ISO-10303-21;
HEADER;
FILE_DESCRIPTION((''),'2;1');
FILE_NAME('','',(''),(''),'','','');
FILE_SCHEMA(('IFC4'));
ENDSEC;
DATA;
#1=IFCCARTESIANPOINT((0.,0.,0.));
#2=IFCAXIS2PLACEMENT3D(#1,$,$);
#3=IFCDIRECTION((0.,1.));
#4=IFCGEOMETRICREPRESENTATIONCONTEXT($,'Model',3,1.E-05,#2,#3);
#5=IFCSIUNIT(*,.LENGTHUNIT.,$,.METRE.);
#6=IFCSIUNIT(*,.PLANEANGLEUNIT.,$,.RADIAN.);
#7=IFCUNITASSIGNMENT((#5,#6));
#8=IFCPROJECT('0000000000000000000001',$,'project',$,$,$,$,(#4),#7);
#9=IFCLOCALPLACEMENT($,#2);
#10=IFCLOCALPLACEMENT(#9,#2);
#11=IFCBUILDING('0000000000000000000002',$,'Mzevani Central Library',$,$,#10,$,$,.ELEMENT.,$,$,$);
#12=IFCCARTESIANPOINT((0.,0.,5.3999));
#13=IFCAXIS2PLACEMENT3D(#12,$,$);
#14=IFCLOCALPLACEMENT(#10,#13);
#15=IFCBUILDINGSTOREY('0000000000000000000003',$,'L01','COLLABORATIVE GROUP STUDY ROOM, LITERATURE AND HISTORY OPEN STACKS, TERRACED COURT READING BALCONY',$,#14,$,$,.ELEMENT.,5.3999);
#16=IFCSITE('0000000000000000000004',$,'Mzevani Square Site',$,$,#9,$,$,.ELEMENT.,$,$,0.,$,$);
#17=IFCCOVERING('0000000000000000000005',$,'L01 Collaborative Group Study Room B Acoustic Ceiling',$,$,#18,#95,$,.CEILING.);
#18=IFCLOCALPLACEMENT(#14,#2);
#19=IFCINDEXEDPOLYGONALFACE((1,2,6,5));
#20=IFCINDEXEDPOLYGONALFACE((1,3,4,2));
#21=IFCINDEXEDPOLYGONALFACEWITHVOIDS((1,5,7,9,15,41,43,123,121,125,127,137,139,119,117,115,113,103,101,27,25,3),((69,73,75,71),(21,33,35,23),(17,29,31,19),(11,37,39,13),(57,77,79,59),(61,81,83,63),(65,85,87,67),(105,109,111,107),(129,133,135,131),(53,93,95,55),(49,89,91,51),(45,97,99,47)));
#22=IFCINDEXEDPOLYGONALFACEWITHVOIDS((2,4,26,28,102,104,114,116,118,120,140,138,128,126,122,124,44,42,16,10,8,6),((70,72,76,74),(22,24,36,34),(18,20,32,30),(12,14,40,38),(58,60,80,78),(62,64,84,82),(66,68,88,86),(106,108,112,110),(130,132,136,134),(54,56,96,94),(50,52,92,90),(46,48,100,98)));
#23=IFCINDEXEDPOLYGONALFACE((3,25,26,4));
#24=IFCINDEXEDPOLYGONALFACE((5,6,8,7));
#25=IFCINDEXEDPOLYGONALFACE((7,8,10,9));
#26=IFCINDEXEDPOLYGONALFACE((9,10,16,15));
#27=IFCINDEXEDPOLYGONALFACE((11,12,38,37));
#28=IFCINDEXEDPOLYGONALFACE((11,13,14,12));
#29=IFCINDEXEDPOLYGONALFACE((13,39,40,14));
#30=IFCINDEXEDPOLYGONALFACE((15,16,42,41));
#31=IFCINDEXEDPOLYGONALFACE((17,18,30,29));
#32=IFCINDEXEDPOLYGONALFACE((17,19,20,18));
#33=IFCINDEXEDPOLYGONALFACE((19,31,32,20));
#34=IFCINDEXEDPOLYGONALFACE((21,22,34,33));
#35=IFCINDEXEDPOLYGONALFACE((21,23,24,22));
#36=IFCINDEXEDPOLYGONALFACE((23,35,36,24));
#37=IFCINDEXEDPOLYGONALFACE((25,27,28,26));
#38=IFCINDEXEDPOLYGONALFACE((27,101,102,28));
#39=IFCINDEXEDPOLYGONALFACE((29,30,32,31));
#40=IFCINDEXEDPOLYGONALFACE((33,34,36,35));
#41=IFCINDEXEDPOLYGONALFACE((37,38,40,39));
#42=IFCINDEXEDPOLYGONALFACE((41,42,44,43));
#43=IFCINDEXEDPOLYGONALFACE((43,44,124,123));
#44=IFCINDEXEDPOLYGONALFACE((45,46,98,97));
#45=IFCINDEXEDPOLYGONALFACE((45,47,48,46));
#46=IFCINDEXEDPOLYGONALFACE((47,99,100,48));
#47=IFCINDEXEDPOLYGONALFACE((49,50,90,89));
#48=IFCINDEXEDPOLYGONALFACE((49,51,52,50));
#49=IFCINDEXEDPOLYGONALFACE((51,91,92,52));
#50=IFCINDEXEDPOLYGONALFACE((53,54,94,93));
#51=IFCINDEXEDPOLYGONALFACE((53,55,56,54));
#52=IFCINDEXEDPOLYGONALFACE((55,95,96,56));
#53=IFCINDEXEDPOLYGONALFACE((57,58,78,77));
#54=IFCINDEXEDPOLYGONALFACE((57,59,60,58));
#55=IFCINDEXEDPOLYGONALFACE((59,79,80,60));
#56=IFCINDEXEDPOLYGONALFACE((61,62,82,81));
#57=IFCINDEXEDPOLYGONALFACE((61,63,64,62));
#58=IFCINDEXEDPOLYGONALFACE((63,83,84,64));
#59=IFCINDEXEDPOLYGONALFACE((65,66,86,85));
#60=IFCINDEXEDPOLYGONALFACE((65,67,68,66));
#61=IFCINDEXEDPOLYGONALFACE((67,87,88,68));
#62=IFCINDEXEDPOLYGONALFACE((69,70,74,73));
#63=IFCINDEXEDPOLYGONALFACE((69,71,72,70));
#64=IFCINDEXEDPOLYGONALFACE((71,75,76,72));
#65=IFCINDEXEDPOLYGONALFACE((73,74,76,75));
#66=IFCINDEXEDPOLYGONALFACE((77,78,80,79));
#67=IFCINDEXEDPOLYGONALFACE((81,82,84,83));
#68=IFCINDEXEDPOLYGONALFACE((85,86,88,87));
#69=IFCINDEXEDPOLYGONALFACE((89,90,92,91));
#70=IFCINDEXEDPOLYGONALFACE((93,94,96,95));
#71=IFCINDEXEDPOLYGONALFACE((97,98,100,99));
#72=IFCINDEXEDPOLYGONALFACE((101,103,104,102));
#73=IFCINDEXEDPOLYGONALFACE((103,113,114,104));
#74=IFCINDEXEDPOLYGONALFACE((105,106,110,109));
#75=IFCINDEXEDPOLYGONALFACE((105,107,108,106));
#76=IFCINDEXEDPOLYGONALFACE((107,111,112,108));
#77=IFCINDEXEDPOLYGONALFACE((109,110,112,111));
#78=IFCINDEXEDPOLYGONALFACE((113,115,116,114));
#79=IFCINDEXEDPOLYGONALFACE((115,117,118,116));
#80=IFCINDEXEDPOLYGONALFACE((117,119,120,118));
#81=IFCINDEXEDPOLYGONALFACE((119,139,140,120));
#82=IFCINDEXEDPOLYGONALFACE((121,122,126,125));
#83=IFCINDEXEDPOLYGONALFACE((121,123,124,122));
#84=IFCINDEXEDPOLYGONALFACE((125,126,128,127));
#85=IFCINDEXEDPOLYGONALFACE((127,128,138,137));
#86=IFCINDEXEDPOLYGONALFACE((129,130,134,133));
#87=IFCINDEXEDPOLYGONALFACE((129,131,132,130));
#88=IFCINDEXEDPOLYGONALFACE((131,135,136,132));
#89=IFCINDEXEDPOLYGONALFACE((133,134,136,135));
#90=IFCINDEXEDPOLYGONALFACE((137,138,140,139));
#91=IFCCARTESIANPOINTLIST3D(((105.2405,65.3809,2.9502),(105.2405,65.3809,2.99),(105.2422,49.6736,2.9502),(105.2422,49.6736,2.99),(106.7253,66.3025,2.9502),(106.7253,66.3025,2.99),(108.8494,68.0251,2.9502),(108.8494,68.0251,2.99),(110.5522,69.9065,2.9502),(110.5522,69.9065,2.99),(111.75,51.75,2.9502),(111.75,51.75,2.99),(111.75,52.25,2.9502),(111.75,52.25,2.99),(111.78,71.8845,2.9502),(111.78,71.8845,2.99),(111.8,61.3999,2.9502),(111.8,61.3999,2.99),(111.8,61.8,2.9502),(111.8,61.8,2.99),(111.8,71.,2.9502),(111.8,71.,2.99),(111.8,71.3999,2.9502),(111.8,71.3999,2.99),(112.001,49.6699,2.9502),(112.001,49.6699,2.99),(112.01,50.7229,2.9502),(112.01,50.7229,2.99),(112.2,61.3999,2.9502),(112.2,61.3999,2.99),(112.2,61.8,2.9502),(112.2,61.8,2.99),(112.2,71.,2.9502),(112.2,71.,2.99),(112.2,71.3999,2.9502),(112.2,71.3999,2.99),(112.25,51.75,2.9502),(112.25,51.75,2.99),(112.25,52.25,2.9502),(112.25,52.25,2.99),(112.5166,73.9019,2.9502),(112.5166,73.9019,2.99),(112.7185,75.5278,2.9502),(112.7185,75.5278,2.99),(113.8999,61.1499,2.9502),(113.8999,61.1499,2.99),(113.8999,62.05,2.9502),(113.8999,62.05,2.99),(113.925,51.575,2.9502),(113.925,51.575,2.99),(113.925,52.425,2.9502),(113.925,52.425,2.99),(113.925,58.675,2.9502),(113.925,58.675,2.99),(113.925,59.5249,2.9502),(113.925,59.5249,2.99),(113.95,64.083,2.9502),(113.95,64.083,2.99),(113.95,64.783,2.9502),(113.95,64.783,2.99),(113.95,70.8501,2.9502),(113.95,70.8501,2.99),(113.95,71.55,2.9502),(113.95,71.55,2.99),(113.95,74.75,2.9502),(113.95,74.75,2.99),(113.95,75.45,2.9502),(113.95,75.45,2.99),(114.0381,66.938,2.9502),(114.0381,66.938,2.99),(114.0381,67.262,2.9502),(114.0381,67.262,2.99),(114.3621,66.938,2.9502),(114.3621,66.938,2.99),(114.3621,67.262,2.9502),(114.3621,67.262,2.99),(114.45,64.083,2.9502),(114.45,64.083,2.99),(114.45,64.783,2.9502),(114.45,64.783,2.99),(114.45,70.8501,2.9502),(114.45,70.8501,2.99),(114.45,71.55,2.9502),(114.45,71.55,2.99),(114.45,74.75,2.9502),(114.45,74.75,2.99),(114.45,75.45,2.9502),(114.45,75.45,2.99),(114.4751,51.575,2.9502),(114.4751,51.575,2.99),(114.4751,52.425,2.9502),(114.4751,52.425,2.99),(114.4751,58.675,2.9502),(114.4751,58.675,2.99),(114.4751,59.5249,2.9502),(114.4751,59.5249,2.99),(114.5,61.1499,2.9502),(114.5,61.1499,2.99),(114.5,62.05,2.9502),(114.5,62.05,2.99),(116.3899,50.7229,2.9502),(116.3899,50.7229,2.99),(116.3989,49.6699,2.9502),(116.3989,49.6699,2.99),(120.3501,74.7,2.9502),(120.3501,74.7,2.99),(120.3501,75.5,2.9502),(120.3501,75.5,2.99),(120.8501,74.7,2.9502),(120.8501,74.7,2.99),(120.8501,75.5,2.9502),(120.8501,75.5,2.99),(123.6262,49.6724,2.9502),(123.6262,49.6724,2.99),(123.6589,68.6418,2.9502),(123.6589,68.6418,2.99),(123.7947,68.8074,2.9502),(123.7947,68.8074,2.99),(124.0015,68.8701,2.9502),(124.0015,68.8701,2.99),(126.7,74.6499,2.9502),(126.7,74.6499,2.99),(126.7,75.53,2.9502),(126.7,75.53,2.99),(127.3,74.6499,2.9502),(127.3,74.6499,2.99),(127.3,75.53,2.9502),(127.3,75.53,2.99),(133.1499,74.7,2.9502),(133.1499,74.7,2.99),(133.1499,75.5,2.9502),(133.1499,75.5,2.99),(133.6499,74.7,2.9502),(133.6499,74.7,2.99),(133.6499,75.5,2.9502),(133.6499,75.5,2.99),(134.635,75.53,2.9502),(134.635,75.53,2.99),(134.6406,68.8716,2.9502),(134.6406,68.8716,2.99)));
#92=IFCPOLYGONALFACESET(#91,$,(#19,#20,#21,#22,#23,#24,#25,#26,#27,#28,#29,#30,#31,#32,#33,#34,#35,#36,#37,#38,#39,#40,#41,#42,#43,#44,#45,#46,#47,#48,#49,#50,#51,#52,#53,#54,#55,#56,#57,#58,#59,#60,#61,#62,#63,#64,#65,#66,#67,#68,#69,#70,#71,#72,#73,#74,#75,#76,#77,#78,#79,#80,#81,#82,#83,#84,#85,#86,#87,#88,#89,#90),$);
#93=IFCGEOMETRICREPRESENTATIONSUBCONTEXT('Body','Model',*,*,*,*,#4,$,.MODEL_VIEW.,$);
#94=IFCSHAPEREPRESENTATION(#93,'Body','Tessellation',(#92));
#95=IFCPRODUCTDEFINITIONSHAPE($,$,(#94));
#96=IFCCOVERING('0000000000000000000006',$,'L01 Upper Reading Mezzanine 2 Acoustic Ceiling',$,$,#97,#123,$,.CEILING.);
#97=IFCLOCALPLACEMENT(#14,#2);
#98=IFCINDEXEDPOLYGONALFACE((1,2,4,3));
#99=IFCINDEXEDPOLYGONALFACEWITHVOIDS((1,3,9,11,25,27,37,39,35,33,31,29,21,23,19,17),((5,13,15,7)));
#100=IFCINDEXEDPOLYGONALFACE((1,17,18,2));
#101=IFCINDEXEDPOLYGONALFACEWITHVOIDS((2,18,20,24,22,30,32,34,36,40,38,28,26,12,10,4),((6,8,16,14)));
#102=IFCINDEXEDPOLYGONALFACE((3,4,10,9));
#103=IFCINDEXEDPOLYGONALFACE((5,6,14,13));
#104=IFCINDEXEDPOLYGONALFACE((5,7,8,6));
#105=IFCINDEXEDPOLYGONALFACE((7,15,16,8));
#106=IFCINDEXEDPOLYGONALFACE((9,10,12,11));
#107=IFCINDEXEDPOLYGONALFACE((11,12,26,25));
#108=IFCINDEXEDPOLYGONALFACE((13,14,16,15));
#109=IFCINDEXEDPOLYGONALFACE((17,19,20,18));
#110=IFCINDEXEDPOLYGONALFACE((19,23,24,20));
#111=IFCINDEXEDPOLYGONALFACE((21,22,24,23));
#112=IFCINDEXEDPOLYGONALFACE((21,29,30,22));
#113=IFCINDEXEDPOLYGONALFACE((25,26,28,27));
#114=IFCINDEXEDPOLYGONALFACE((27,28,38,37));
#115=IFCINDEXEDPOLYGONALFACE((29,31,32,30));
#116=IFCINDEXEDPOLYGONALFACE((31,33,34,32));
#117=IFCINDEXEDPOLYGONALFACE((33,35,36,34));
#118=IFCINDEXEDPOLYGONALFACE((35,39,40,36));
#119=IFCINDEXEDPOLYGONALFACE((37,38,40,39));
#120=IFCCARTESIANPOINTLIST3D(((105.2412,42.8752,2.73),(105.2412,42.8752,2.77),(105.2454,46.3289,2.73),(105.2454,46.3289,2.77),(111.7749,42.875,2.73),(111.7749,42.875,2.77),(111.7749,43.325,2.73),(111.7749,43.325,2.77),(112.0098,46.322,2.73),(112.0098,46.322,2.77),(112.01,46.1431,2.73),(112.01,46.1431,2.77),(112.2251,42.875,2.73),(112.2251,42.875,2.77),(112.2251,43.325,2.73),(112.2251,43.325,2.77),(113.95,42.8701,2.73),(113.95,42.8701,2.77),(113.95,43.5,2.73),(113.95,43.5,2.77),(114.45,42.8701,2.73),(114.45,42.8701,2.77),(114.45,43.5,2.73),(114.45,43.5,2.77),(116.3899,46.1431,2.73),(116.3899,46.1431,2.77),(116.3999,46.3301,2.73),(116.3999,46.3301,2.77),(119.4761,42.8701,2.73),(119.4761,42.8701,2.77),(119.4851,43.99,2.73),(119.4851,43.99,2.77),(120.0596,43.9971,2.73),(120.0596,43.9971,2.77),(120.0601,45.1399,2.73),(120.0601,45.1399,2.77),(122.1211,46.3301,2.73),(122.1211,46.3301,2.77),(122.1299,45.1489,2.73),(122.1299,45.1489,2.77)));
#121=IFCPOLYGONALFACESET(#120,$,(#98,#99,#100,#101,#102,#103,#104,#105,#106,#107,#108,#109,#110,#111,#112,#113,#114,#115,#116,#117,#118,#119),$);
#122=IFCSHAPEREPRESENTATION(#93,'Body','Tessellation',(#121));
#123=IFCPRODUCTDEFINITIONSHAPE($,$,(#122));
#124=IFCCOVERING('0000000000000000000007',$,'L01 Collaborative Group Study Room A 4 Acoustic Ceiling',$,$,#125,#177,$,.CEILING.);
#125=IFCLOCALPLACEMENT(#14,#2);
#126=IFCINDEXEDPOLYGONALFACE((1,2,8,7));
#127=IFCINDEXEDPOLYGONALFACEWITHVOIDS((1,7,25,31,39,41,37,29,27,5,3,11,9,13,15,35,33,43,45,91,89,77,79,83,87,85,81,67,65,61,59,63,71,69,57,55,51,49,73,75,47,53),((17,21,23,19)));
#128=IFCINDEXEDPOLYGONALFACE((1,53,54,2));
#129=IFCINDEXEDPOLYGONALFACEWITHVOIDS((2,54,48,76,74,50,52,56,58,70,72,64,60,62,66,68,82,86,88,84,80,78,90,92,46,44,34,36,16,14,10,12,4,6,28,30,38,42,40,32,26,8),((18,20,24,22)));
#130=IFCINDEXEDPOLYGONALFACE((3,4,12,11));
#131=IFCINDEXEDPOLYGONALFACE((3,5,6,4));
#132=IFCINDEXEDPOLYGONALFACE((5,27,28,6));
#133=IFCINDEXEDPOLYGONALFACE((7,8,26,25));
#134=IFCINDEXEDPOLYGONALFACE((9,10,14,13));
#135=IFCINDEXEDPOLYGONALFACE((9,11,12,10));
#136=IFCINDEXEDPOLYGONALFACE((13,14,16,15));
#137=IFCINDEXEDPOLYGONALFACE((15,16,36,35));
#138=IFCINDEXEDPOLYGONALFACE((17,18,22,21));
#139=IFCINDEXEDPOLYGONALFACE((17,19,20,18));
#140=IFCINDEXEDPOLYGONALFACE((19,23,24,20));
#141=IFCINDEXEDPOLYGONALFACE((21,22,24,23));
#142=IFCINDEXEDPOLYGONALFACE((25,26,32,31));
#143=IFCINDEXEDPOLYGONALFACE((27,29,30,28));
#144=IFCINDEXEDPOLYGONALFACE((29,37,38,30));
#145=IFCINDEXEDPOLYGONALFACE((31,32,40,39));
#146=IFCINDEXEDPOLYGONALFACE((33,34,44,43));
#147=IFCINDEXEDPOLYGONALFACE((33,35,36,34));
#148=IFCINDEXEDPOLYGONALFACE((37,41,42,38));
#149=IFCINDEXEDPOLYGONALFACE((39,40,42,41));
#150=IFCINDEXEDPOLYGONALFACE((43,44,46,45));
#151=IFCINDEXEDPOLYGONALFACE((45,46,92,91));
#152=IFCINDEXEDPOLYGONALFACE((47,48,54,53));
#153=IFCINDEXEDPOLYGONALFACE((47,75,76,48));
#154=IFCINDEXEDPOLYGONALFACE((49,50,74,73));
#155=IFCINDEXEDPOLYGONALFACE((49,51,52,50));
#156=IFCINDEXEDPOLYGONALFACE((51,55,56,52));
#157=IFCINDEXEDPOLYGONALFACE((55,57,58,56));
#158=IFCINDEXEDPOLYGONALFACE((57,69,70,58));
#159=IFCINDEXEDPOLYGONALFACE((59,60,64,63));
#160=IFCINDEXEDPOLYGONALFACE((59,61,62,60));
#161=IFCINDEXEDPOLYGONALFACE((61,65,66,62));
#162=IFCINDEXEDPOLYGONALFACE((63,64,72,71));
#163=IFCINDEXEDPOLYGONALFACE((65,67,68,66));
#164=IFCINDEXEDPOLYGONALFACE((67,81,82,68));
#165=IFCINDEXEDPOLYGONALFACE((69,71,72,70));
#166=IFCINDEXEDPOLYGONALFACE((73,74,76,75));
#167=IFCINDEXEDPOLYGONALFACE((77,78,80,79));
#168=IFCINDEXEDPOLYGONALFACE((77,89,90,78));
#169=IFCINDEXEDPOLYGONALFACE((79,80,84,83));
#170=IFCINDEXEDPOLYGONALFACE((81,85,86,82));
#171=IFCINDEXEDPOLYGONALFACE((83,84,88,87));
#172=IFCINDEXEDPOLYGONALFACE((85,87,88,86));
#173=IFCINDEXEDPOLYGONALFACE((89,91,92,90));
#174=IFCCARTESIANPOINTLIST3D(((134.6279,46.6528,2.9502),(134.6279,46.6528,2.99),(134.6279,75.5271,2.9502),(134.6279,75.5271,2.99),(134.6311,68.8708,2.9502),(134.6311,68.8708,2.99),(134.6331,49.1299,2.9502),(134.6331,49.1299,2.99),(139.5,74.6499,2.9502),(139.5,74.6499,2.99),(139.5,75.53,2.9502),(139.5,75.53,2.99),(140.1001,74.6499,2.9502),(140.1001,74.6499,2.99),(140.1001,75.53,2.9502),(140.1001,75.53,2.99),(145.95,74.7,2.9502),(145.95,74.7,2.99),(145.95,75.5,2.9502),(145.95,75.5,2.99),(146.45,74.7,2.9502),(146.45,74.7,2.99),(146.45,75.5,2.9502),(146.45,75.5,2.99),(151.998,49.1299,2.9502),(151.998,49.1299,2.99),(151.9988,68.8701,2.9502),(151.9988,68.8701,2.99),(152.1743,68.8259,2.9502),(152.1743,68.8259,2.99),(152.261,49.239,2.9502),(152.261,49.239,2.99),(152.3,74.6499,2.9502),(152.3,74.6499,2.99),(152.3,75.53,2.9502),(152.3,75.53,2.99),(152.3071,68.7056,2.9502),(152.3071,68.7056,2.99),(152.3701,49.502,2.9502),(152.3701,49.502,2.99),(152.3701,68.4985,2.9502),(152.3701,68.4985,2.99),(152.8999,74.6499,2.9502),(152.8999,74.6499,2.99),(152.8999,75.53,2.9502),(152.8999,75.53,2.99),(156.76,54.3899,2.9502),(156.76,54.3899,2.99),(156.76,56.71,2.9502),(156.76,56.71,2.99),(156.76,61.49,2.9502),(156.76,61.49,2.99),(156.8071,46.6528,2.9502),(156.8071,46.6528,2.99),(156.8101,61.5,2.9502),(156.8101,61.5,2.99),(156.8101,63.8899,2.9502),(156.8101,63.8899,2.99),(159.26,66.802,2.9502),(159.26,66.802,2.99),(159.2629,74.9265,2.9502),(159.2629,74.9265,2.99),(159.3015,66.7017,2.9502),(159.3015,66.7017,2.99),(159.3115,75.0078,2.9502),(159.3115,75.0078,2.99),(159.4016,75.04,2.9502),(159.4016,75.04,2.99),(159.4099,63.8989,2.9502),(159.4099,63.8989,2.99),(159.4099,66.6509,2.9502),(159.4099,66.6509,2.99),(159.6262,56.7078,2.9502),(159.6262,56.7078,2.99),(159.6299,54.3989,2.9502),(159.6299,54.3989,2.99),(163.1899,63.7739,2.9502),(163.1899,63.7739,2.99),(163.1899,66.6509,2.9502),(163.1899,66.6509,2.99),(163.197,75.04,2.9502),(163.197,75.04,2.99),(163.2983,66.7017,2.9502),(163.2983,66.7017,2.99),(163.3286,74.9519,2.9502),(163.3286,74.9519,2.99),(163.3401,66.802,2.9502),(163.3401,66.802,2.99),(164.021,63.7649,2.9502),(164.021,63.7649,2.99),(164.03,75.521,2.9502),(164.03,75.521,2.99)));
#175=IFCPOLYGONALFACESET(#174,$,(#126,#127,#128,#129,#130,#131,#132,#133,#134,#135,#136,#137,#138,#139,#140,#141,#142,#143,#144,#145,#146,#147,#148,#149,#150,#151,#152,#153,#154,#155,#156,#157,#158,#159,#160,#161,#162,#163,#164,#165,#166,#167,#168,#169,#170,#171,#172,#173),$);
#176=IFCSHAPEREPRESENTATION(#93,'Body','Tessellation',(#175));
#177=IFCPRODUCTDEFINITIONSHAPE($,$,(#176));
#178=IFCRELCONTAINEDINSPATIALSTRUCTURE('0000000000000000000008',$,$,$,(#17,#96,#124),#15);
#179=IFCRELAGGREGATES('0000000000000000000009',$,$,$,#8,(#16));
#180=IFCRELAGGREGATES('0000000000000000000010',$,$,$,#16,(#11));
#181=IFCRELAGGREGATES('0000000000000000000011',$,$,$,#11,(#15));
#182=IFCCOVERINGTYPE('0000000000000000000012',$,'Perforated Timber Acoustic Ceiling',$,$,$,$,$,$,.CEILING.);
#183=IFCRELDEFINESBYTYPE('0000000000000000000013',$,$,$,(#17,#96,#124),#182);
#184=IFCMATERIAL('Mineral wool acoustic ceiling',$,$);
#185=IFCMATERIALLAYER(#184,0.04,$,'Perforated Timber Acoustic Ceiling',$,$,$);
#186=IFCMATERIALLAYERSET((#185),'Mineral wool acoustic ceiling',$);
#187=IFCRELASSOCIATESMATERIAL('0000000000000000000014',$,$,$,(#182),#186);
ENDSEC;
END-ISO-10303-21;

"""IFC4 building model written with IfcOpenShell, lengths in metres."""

from ifc_helpers import new_model, si_unit, direction, frame, origin, place, context, subcontext, project, spatial, polyline, outline, extrude, material, layer, layer_set, type_object, element, save


model = new_model("IFC4")

# Units and contexts
model_context = context("Model", 3, precision=1e-05, world=origin(), true_north=direction((0.0, 1.0)))
body_context = subcontext(model_context, "Body", "Model", "MODEL_VIEW")
ifc_project = project(units=[si_unit("LENGTHUNIT", "METRE"), si_unit("PLANEANGLEUNIT", "RADIAN")], contexts=[model_context])

# Site, building, storey
site_placement = place(None, origin())
site = spatial("IfcSite", under=ifc_project, at=site_placement, Name="Mzevani Square Site", CompositionType="ELEMENT", RefElevation=0.0)
building_placement = place(site_placement, origin())
building = spatial("IfcBuilding", under=site, at=building_placement, Name="Mzevani Central Library", CompositionType="ELEMENT")
storey_placement = place(building_placement, frame((0.0, 0.0, 5.3999)))
storey = spatial("IfcBuildingStorey", under=building, at=storey_placement, Name="L01", Description="COLLABORATIVE GROUP STUDY ROOM, LITERATURE AND HISTORY OPEN STACKS, TERRACED COURT READING BALCONY", CompositionType="ELEMENT", Elevation=5.3999)

# Coverings
ifc_material_1 = material(Name="Mineral wool acoustic ceiling")
ifc_layer_1 = layer(ifc_material_1, 0.04, Name="Perforated Timber Acoustic Ceiling")
ifc_layer_set_1 = layer_set([ifc_layer_1], Name="Mineral wool acoustic ceiling")
covering_type = type_object("IfcCoveringType", Name="Perforated Timber Acoustic Ceiling", PredefinedType="CEILING", material=ifc_layer_set_1)
covering_1_placement = place(storey_placement, frame((0.0, 0.0, 2.9502)))
element("IfcCovering", 1, at=covering_1_placement, inside=storey, type_object=covering_type, Name="L01 Collaborative Group Study Room B Acoustic Ceiling", PredefinedType="CEILING", context=body_context, shape_type="SweptSolid", body=[
    extrude(outline(polyline([(134.635, 75.53), (134.6406, 68.8716), (124.0015, 68.8701), (123.7947, 68.8074), (123.6589, 68.6418), (123.6262, 49.6724), (116.3989, 49.6699), (116.3899, 50.7229), (112.01, 50.7229), (112.001, 49.6699), (105.2422, 49.6736), (105.2405, 65.3809), (106.7253, 66.3025), (108.8494, 68.0251), (110.5522, 69.9065), (111.78, 71.8845), (112.5166, 73.9019), (112.7185, 75.5278), (126.7, 75.53), (126.7, 74.6499), (127.3, 74.6499), (127.3, 75.53), (134.635, 75.53)]), holes=[polyline([(112.25, 52.25), (111.75, 52.25), (111.75, 51.75), (112.25, 51.75), (112.25, 52.25)]), polyline([(112.2, 61.3999), (112.2, 61.8), (111.8, 61.8), (111.8, 61.3999), (112.2, 61.3999)]), polyline([(111.8, 71.0), (112.2, 71.0), (112.2, 71.3999), (111.8, 71.3999), (111.8, 71.0)]), polyline([(113.925, 52.425), (113.925, 51.575), (114.4751, 51.575), (114.4751, 52.425), (113.925, 52.425)]), polyline([(114.5, 62.05), (113.8999, 62.05), (113.8999, 61.1499), (114.5, 61.1499), (114.5, 62.05)]), polyline([(114.45, 70.8501), (114.45, 71.55), (113.95, 71.55), (113.95, 70.8501), (114.45, 70.8501)]), polyline([(113.95, 74.75), (114.45, 74.75), (114.45, 75.45), (113.95, 75.45), (113.95, 74.75)]), polyline([(120.3501, 75.5), (120.3501, 74.7), (120.8501, 74.7), (120.8501, 75.5), (120.3501, 75.5)]), polyline([(133.6499, 74.7), (133.6499, 75.5), (133.1499, 75.5), (133.1499, 74.7), (133.6499, 74.7)]), polyline([(113.925, 58.675), (114.4751, 58.675), (114.4751, 59.5249), (113.925, 59.5249), (113.925, 58.675)]), polyline([(113.95, 64.783), (113.95, 64.083), (114.45, 64.083), (114.45, 64.783), (113.95, 64.783)]), polyline([(114.3621, 67.262), (114.0381, 67.262), (114.0381, 66.938), (114.3621, 66.938), (114.3621, 67.262)])]), origin(), (0.0, 0.0, 1.0), 0.0398),
])
covering_2_placement = place(storey_placement, frame((0.0, 0.0, 2.73)))
element("IfcCovering", 2, at=covering_2_placement, inside=storey, type_object=covering_type, Name="L01 Upper Reading Mezzanine 2 Acoustic Ceiling", PredefinedType="CEILING", context=body_context, shape_type="SweptSolid", body=[
    extrude(outline(polyline([(112.0098, 46.322), (112.01, 46.1431), (116.3899, 46.1431), (116.3999, 46.3301), (122.1211, 46.3301), (122.1299, 45.1489), (120.0601, 45.1399), (120.0596, 43.9971), (119.4851, 43.99), (119.4761, 42.8701), (114.45, 42.8701), (114.45, 43.5), (113.95, 43.5), (113.95, 42.8701), (105.2412, 42.8752), (105.2454, 46.3289), (112.0098, 46.322)]), holes=[polyline([(111.7749, 43.325), (111.7749, 42.875), (112.2251, 42.875), (112.2251, 43.325), (111.7749, 43.325)])]), origin(), (0.0, 0.0, 1.0), 0.04),
])
covering_3_placement = place(storey_placement, frame((0.0, 0.0, 2.9502)))
element("IfcCovering", 3, at=covering_3_placement, inside=storey, type_object=covering_type, Name="L01 Collaborative Group Study Room A 4 Acoustic Ceiling", PredefinedType="CEILING", context=body_context, shape_type="SweptSolid", body=[
    extrude(outline(polyline([(164.03, 75.521), (164.021, 63.7649), (163.1899, 63.7739), (163.1899, 66.6509), (163.2983, 66.7017), (163.3401, 66.802), (163.3286, 74.9519), (163.197, 75.04), (159.4016, 75.04), (159.3115, 75.0078), (159.2629, 74.9265), (159.26, 66.802), (159.3015, 66.7017), (159.4099, 66.6509), (159.4099, 63.8989), (156.8101, 63.8899), (156.8101, 61.5), (156.76, 61.49), (156.76, 56.71), (159.6262, 56.7078), (159.6299, 54.3989), (156.76, 54.3899), (156.8071, 46.6528), (134.6279, 46.6528), (134.6331, 49.1299), (151.998, 49.1299), (152.261, 49.239), (152.3701, 49.502), (152.3701, 68.4985), (152.3071, 68.7056), (152.1743, 68.8259), (151.9988, 68.8701), (134.6311, 68.8708), (134.6279, 75.5271), (139.5, 75.53), (139.5, 74.6499), (140.1001, 74.6499), (140.1001, 75.53), (152.3, 75.53), (152.3, 74.6499), (152.8999, 74.6499), (152.8999, 75.53), (164.03, 75.521)]), holes=[polyline([(145.95, 75.5), (145.95, 74.7), (146.45, 74.7), (146.45, 75.5), (145.95, 75.5)])]), origin(), (0.0, 0.0, 1.0), 0.0398),
])

save(model, "model.ifc")
